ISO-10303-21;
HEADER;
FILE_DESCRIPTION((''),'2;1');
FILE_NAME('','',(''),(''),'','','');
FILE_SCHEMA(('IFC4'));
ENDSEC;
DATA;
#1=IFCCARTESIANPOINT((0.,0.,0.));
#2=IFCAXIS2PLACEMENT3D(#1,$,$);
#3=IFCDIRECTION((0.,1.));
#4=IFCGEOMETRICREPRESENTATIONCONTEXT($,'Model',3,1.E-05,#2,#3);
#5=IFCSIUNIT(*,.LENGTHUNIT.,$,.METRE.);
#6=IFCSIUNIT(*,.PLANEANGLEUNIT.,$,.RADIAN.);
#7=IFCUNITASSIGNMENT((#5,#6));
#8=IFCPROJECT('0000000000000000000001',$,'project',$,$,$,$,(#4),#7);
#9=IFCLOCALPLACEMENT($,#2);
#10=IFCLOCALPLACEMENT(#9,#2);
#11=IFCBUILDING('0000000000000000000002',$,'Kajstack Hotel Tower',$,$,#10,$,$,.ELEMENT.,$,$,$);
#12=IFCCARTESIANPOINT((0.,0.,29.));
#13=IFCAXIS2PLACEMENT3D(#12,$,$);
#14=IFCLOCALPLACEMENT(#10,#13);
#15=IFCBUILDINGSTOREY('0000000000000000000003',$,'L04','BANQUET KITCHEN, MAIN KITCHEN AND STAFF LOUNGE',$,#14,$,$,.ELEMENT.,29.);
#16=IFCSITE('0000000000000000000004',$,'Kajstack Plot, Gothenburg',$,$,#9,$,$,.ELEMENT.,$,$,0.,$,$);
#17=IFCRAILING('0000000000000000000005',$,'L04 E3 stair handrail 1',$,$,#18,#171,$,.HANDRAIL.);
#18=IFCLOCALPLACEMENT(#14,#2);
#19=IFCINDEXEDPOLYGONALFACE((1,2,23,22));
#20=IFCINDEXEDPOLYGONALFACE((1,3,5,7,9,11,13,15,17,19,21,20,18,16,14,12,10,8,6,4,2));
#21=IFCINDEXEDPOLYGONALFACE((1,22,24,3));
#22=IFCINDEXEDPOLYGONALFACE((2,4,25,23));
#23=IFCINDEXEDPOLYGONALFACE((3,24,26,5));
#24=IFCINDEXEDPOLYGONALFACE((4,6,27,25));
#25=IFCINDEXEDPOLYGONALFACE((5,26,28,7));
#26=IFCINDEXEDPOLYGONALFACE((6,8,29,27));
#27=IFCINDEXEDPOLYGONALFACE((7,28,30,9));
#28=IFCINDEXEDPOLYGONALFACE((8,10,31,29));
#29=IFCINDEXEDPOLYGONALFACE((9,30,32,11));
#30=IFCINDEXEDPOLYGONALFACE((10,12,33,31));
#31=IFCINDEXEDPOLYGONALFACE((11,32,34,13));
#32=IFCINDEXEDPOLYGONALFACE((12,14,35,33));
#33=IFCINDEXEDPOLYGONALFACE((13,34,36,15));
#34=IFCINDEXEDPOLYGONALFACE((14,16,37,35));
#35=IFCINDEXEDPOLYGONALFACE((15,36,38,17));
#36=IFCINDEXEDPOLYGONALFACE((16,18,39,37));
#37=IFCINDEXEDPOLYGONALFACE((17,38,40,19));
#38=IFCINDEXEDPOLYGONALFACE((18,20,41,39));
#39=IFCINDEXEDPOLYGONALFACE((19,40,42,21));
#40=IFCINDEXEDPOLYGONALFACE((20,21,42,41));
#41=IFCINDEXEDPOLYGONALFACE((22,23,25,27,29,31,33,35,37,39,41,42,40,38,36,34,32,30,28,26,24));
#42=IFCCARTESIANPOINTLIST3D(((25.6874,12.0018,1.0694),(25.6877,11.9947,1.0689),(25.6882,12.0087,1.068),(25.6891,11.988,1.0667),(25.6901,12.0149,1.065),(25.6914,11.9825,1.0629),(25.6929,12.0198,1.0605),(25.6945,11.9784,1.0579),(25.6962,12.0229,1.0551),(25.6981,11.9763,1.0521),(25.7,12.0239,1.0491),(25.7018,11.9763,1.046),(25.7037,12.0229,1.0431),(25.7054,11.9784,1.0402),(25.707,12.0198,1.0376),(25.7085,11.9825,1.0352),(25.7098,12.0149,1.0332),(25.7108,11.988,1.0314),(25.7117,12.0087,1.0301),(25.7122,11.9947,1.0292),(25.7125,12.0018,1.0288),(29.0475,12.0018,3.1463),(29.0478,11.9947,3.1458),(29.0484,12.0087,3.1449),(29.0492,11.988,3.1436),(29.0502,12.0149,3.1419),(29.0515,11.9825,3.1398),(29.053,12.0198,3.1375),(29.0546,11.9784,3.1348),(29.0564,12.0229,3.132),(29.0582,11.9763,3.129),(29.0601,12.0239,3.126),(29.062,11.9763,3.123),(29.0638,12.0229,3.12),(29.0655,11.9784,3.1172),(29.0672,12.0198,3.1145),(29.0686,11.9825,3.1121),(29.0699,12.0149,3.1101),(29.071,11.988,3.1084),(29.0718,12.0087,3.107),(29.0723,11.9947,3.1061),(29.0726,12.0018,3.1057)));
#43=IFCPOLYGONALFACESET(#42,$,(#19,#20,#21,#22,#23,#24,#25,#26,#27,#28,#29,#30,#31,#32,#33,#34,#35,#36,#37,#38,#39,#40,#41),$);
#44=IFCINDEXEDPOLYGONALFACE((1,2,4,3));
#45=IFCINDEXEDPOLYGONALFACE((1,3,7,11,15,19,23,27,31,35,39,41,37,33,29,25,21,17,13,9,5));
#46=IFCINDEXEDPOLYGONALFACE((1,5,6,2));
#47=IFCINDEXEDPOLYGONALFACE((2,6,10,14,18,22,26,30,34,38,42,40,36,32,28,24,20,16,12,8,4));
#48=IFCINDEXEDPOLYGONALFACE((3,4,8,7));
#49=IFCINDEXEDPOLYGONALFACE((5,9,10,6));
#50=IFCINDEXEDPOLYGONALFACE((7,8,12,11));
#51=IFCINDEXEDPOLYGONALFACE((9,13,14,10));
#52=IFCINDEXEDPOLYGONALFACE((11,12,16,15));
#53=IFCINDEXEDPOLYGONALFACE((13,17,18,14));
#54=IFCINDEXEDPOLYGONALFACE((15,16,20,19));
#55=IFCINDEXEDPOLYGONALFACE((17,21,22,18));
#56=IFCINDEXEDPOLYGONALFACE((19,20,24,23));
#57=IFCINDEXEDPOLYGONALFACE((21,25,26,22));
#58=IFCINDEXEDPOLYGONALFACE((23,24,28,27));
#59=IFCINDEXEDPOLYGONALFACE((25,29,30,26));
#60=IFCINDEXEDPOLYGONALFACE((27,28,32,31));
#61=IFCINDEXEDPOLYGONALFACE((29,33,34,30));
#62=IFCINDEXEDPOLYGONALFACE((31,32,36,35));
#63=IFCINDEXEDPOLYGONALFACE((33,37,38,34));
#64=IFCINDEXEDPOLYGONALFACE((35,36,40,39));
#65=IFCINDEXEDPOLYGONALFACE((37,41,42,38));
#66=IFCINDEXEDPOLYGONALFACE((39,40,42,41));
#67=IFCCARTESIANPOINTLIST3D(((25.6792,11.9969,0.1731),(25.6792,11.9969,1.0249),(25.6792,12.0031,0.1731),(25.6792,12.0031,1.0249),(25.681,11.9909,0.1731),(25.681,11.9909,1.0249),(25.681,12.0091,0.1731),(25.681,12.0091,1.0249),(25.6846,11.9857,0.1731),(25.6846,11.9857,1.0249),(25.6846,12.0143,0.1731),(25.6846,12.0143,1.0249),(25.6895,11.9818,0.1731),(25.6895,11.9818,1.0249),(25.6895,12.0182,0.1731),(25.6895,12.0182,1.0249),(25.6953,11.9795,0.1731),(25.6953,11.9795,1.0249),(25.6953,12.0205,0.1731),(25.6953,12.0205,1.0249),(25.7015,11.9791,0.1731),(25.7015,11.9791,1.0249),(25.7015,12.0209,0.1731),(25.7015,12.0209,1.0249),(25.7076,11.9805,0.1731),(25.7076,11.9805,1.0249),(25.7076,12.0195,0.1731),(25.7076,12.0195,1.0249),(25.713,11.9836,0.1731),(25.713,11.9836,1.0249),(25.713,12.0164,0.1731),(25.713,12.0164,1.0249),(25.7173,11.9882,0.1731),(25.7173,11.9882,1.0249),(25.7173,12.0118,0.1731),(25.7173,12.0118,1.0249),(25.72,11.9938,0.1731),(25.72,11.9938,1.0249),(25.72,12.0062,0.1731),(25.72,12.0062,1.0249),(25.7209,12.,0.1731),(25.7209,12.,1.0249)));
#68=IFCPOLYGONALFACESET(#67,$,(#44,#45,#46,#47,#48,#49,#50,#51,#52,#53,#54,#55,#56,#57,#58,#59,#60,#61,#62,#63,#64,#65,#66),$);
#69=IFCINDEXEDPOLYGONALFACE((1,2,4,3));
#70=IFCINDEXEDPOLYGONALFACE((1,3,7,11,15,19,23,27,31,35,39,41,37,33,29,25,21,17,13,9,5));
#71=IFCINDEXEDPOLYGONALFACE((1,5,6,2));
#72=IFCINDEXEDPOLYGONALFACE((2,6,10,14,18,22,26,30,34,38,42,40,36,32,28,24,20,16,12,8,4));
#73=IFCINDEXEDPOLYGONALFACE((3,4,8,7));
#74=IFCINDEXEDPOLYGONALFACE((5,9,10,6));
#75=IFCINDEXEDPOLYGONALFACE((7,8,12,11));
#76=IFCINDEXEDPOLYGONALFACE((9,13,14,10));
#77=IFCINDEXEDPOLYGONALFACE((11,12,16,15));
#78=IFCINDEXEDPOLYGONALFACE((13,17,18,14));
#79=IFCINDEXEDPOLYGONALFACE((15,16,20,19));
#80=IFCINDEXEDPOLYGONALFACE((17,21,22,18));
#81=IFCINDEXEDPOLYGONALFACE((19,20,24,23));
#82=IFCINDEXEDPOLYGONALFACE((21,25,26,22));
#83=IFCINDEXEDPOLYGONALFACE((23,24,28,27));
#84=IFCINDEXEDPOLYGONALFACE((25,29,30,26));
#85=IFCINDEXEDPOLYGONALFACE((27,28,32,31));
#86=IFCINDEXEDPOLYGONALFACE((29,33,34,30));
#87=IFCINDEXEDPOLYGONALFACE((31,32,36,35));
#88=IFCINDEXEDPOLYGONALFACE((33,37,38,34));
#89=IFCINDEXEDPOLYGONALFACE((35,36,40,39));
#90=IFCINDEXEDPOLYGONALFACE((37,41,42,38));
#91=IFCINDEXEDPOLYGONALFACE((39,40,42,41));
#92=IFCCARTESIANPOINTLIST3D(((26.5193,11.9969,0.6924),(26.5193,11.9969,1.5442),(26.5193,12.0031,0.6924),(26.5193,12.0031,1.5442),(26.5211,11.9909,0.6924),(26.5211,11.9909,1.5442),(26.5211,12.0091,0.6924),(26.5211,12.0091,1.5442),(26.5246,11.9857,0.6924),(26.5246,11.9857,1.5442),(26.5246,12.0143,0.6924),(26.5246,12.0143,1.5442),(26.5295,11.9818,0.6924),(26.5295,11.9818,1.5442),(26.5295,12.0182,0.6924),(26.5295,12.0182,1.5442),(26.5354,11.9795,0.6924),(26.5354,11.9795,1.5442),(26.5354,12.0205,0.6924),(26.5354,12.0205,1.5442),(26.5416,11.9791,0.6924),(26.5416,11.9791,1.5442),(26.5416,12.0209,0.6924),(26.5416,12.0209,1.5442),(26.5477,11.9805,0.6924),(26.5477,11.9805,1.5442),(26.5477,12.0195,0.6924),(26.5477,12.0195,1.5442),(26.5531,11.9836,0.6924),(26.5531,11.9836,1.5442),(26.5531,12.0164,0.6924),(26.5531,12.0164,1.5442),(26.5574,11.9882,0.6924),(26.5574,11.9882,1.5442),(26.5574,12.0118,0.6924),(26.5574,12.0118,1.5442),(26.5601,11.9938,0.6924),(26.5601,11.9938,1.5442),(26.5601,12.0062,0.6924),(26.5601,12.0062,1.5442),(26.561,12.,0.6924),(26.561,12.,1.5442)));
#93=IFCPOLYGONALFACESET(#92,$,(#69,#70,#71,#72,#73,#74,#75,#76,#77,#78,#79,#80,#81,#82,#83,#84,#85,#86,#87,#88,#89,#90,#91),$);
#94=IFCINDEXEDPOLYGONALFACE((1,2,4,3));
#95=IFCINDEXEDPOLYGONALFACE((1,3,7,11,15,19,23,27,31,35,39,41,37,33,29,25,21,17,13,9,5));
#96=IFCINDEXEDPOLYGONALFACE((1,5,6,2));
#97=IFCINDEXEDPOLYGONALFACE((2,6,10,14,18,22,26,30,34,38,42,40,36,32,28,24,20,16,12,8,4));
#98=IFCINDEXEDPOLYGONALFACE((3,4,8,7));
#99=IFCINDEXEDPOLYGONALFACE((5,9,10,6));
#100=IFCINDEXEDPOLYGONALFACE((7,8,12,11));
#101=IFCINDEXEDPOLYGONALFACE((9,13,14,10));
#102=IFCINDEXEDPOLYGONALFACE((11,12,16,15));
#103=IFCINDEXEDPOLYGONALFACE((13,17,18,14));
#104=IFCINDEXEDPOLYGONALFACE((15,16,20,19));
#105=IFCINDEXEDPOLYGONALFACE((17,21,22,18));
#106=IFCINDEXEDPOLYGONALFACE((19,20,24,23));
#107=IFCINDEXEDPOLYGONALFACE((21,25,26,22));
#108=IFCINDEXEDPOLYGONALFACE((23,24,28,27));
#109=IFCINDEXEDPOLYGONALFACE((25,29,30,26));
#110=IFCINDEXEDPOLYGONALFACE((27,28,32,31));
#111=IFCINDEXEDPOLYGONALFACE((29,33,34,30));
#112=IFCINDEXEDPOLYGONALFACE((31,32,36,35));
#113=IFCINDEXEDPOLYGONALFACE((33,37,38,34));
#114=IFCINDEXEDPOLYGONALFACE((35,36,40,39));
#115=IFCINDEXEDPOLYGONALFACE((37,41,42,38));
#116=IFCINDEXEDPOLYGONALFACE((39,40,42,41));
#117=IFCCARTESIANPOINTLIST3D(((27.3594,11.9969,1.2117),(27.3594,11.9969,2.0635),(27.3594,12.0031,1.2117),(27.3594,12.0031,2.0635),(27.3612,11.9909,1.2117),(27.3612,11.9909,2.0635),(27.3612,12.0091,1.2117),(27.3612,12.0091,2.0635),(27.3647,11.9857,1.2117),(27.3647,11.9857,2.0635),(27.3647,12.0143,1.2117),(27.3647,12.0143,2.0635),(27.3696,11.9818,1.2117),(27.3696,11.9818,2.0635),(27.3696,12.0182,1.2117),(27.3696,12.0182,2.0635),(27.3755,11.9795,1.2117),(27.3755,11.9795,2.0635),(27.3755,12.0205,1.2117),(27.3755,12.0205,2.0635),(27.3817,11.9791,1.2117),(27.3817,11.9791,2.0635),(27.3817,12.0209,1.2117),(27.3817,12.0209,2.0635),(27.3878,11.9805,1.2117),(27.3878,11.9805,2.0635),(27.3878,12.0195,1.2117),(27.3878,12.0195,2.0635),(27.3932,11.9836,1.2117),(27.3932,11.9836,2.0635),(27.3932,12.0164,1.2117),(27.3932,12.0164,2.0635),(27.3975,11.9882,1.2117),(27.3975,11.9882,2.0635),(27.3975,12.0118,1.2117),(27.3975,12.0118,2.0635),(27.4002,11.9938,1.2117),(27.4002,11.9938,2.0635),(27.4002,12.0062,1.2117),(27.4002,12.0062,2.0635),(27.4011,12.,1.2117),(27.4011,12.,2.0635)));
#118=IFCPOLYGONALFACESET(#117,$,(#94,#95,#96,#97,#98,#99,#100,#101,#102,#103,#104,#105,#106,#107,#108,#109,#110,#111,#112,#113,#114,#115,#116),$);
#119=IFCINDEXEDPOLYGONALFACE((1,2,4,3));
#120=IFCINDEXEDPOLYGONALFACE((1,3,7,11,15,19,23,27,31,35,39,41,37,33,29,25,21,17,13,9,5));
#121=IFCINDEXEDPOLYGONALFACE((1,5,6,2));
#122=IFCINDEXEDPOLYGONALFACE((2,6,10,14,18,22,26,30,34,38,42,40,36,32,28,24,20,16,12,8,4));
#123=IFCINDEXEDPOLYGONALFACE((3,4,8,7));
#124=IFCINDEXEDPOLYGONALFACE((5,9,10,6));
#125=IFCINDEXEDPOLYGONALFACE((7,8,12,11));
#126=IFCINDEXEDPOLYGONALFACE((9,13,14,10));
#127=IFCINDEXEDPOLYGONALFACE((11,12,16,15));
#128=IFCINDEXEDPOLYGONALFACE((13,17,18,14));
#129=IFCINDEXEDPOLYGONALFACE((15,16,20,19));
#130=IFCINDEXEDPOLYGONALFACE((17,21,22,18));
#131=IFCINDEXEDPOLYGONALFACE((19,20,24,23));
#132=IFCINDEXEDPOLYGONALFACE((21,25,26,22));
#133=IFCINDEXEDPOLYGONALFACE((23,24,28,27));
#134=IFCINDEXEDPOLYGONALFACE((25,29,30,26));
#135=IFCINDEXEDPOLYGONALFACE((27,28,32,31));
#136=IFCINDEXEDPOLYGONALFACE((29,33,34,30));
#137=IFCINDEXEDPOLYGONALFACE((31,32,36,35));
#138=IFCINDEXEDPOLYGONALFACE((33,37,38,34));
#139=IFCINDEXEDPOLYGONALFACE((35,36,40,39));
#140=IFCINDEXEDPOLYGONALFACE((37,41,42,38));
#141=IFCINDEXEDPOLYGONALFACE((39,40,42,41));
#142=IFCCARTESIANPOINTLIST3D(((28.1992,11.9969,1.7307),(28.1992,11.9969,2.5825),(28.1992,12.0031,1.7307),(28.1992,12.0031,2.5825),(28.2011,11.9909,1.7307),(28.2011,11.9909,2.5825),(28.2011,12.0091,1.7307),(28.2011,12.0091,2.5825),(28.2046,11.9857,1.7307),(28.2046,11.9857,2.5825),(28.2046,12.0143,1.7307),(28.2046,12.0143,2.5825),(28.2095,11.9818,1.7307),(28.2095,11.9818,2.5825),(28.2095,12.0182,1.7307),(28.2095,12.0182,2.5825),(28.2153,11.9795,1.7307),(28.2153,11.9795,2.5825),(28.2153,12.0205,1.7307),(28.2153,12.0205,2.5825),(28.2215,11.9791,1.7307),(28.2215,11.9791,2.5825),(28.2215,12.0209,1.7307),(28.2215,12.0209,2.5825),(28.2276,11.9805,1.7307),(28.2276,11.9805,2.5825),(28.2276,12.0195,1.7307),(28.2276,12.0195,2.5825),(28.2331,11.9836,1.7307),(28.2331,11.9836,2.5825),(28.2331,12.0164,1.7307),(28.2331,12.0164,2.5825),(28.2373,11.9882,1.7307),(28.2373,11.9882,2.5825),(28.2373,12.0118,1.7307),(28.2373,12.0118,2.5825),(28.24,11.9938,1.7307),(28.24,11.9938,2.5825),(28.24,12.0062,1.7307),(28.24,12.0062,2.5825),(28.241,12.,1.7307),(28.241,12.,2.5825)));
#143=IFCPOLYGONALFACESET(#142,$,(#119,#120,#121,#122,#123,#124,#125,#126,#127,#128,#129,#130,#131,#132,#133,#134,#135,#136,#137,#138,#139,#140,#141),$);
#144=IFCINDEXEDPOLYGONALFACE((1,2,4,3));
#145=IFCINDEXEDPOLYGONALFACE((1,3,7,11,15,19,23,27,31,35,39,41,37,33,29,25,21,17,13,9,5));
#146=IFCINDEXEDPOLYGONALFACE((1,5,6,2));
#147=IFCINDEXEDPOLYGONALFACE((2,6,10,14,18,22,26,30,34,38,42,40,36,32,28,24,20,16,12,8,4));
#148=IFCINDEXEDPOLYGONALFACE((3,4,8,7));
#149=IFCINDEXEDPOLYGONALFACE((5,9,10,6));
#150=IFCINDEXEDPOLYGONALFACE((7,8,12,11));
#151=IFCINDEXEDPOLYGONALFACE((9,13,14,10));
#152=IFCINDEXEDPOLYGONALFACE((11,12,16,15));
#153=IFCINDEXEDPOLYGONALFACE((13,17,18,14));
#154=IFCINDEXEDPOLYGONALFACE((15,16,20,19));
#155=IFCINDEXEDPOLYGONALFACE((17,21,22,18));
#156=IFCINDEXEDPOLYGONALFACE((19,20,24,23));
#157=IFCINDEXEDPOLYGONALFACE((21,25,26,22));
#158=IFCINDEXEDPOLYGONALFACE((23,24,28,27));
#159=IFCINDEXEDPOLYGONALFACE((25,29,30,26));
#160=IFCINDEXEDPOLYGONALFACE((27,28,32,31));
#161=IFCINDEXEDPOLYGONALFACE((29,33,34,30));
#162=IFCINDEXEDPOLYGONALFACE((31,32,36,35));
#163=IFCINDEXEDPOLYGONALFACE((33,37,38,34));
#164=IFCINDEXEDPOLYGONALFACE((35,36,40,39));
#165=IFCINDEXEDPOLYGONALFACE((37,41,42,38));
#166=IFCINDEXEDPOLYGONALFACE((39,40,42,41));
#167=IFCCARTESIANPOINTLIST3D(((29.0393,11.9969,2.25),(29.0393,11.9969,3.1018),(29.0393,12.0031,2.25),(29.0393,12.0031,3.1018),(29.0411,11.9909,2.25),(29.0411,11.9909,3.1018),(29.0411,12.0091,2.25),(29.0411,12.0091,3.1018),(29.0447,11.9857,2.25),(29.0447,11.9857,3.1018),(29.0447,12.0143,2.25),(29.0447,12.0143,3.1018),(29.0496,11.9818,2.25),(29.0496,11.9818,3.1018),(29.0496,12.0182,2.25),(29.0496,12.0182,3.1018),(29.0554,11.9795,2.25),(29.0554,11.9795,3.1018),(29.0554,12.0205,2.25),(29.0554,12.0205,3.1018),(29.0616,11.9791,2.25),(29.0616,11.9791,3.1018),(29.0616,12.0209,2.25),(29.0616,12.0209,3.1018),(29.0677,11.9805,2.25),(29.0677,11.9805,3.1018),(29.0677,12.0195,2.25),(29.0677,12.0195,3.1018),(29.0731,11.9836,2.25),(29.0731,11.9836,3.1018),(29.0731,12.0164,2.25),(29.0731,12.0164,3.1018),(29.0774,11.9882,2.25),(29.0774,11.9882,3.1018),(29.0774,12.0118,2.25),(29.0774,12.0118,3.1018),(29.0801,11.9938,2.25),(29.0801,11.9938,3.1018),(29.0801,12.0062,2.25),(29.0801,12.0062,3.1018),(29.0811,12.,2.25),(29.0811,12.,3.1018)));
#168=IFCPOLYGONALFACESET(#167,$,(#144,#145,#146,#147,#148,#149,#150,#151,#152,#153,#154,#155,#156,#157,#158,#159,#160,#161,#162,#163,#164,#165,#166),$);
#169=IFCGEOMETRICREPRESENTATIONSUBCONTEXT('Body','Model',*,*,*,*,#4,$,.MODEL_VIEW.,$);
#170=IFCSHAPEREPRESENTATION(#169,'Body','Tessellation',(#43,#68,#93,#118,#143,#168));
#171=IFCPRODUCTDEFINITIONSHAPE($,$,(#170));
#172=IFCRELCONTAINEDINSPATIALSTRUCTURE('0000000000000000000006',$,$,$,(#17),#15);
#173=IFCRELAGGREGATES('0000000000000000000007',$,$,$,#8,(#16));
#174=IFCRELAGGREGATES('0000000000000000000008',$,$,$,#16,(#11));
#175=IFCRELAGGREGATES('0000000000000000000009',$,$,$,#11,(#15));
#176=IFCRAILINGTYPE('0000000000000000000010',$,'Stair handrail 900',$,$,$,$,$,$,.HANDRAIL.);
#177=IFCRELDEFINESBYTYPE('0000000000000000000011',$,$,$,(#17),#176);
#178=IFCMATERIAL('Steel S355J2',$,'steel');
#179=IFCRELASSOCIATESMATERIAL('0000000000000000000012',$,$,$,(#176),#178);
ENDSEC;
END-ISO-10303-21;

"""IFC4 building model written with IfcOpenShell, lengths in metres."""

from ifc_helpers import new_model, si_unit, direction, frame, origin, origin_2d, place, context, subcontext, project, spatial, circle, extrude, material, type_object, element, save


model = new_model("IFC4")

# Units and contexts
model_context = context("Model", 3, precision=1e-05, world=origin(), true_north=direction((0.0, 1.0)))
body_context = subcontext(model_context, "Body", "Model", "MODEL_VIEW")
ifc_project = project(units=[si_unit("LENGTHUNIT", "METRE"), si_unit("PLANEANGLEUNIT", "RADIAN")], contexts=[model_context])

# Site, building, storey
site_placement = place(None, origin())
site = spatial("IfcSite", under=ifc_project, at=site_placement, Name="Kajstack Plot, Gothenburg", CompositionType="ELEMENT", RefElevation=0.0)
building_placement = place(site_placement, origin())
building = spatial("IfcBuilding", under=site, at=building_placement, Name="Kajstack Hotel Tower", CompositionType="ELEMENT")
storey_placement = place(building_placement, frame((0.0, 0.0, 29.0)))
storey = spatial("IfcBuildingStorey", under=building, at=storey_placement, Name="L04", Description="BANQUET KITCHEN, MAIN KITCHEN AND STAFF LOUNGE", CompositionType="ELEMENT", Elevation=29.0)

# Railing
ifc_material_1 = material(Name="Steel S355J2", Category="steel")
railing_type_1 = type_object("IfcRailingType", Name="Stair handrail 900", PredefinedType="HANDRAIL", material=ifc_material_1)
railing_1_placement = place(storey_placement, frame((25.7, 12.0, 0.1731)))
element("IfcRailing", 1, at=railing_1_placement, inside=storey, type_object=railing_type_1, Name="L04 E3 stair handrail 1", PredefinedType="HANDRAIL", context=body_context, shape_type="SweptSolid", body=[
    extrude(circle(Radius=0.0239, at=origin_2d()), frame((0.0, 0.0, 0.876), z_axis=(0.850623, 0.0, 0.525776), x_axis=(0.0, 1.0, 0.0)), (0.0, 0.0, 1.0), 3.9502),
    extrude(circle(Radius=0.021, at=origin_2d()), origin(), (0.0, 0.0, 1.0), 0.8518),
    extrude(circle(Radius=0.021, at=origin_2d()), frame((0.8401, 0.0, 0.5193)), (0.0, 0.0, 1.0), 0.8518),
    extrude(circle(Radius=0.021, at=origin_2d()), frame((1.6802, 0.0, 1.0386)), (0.0, 0.0, 1.0), 0.8518),
    extrude(circle(Radius=0.021, at=origin_2d()), frame((2.52, 0.0, 1.5576)), (0.0, 0.0, 1.0), 0.8518),
    extrude(circle(Radius=0.021, at=origin_2d()), frame((3.3601, 0.0, 2.0769)), (0.0, 0.0, 1.0), 0.8518),
])

save(model, "model.ifc")
